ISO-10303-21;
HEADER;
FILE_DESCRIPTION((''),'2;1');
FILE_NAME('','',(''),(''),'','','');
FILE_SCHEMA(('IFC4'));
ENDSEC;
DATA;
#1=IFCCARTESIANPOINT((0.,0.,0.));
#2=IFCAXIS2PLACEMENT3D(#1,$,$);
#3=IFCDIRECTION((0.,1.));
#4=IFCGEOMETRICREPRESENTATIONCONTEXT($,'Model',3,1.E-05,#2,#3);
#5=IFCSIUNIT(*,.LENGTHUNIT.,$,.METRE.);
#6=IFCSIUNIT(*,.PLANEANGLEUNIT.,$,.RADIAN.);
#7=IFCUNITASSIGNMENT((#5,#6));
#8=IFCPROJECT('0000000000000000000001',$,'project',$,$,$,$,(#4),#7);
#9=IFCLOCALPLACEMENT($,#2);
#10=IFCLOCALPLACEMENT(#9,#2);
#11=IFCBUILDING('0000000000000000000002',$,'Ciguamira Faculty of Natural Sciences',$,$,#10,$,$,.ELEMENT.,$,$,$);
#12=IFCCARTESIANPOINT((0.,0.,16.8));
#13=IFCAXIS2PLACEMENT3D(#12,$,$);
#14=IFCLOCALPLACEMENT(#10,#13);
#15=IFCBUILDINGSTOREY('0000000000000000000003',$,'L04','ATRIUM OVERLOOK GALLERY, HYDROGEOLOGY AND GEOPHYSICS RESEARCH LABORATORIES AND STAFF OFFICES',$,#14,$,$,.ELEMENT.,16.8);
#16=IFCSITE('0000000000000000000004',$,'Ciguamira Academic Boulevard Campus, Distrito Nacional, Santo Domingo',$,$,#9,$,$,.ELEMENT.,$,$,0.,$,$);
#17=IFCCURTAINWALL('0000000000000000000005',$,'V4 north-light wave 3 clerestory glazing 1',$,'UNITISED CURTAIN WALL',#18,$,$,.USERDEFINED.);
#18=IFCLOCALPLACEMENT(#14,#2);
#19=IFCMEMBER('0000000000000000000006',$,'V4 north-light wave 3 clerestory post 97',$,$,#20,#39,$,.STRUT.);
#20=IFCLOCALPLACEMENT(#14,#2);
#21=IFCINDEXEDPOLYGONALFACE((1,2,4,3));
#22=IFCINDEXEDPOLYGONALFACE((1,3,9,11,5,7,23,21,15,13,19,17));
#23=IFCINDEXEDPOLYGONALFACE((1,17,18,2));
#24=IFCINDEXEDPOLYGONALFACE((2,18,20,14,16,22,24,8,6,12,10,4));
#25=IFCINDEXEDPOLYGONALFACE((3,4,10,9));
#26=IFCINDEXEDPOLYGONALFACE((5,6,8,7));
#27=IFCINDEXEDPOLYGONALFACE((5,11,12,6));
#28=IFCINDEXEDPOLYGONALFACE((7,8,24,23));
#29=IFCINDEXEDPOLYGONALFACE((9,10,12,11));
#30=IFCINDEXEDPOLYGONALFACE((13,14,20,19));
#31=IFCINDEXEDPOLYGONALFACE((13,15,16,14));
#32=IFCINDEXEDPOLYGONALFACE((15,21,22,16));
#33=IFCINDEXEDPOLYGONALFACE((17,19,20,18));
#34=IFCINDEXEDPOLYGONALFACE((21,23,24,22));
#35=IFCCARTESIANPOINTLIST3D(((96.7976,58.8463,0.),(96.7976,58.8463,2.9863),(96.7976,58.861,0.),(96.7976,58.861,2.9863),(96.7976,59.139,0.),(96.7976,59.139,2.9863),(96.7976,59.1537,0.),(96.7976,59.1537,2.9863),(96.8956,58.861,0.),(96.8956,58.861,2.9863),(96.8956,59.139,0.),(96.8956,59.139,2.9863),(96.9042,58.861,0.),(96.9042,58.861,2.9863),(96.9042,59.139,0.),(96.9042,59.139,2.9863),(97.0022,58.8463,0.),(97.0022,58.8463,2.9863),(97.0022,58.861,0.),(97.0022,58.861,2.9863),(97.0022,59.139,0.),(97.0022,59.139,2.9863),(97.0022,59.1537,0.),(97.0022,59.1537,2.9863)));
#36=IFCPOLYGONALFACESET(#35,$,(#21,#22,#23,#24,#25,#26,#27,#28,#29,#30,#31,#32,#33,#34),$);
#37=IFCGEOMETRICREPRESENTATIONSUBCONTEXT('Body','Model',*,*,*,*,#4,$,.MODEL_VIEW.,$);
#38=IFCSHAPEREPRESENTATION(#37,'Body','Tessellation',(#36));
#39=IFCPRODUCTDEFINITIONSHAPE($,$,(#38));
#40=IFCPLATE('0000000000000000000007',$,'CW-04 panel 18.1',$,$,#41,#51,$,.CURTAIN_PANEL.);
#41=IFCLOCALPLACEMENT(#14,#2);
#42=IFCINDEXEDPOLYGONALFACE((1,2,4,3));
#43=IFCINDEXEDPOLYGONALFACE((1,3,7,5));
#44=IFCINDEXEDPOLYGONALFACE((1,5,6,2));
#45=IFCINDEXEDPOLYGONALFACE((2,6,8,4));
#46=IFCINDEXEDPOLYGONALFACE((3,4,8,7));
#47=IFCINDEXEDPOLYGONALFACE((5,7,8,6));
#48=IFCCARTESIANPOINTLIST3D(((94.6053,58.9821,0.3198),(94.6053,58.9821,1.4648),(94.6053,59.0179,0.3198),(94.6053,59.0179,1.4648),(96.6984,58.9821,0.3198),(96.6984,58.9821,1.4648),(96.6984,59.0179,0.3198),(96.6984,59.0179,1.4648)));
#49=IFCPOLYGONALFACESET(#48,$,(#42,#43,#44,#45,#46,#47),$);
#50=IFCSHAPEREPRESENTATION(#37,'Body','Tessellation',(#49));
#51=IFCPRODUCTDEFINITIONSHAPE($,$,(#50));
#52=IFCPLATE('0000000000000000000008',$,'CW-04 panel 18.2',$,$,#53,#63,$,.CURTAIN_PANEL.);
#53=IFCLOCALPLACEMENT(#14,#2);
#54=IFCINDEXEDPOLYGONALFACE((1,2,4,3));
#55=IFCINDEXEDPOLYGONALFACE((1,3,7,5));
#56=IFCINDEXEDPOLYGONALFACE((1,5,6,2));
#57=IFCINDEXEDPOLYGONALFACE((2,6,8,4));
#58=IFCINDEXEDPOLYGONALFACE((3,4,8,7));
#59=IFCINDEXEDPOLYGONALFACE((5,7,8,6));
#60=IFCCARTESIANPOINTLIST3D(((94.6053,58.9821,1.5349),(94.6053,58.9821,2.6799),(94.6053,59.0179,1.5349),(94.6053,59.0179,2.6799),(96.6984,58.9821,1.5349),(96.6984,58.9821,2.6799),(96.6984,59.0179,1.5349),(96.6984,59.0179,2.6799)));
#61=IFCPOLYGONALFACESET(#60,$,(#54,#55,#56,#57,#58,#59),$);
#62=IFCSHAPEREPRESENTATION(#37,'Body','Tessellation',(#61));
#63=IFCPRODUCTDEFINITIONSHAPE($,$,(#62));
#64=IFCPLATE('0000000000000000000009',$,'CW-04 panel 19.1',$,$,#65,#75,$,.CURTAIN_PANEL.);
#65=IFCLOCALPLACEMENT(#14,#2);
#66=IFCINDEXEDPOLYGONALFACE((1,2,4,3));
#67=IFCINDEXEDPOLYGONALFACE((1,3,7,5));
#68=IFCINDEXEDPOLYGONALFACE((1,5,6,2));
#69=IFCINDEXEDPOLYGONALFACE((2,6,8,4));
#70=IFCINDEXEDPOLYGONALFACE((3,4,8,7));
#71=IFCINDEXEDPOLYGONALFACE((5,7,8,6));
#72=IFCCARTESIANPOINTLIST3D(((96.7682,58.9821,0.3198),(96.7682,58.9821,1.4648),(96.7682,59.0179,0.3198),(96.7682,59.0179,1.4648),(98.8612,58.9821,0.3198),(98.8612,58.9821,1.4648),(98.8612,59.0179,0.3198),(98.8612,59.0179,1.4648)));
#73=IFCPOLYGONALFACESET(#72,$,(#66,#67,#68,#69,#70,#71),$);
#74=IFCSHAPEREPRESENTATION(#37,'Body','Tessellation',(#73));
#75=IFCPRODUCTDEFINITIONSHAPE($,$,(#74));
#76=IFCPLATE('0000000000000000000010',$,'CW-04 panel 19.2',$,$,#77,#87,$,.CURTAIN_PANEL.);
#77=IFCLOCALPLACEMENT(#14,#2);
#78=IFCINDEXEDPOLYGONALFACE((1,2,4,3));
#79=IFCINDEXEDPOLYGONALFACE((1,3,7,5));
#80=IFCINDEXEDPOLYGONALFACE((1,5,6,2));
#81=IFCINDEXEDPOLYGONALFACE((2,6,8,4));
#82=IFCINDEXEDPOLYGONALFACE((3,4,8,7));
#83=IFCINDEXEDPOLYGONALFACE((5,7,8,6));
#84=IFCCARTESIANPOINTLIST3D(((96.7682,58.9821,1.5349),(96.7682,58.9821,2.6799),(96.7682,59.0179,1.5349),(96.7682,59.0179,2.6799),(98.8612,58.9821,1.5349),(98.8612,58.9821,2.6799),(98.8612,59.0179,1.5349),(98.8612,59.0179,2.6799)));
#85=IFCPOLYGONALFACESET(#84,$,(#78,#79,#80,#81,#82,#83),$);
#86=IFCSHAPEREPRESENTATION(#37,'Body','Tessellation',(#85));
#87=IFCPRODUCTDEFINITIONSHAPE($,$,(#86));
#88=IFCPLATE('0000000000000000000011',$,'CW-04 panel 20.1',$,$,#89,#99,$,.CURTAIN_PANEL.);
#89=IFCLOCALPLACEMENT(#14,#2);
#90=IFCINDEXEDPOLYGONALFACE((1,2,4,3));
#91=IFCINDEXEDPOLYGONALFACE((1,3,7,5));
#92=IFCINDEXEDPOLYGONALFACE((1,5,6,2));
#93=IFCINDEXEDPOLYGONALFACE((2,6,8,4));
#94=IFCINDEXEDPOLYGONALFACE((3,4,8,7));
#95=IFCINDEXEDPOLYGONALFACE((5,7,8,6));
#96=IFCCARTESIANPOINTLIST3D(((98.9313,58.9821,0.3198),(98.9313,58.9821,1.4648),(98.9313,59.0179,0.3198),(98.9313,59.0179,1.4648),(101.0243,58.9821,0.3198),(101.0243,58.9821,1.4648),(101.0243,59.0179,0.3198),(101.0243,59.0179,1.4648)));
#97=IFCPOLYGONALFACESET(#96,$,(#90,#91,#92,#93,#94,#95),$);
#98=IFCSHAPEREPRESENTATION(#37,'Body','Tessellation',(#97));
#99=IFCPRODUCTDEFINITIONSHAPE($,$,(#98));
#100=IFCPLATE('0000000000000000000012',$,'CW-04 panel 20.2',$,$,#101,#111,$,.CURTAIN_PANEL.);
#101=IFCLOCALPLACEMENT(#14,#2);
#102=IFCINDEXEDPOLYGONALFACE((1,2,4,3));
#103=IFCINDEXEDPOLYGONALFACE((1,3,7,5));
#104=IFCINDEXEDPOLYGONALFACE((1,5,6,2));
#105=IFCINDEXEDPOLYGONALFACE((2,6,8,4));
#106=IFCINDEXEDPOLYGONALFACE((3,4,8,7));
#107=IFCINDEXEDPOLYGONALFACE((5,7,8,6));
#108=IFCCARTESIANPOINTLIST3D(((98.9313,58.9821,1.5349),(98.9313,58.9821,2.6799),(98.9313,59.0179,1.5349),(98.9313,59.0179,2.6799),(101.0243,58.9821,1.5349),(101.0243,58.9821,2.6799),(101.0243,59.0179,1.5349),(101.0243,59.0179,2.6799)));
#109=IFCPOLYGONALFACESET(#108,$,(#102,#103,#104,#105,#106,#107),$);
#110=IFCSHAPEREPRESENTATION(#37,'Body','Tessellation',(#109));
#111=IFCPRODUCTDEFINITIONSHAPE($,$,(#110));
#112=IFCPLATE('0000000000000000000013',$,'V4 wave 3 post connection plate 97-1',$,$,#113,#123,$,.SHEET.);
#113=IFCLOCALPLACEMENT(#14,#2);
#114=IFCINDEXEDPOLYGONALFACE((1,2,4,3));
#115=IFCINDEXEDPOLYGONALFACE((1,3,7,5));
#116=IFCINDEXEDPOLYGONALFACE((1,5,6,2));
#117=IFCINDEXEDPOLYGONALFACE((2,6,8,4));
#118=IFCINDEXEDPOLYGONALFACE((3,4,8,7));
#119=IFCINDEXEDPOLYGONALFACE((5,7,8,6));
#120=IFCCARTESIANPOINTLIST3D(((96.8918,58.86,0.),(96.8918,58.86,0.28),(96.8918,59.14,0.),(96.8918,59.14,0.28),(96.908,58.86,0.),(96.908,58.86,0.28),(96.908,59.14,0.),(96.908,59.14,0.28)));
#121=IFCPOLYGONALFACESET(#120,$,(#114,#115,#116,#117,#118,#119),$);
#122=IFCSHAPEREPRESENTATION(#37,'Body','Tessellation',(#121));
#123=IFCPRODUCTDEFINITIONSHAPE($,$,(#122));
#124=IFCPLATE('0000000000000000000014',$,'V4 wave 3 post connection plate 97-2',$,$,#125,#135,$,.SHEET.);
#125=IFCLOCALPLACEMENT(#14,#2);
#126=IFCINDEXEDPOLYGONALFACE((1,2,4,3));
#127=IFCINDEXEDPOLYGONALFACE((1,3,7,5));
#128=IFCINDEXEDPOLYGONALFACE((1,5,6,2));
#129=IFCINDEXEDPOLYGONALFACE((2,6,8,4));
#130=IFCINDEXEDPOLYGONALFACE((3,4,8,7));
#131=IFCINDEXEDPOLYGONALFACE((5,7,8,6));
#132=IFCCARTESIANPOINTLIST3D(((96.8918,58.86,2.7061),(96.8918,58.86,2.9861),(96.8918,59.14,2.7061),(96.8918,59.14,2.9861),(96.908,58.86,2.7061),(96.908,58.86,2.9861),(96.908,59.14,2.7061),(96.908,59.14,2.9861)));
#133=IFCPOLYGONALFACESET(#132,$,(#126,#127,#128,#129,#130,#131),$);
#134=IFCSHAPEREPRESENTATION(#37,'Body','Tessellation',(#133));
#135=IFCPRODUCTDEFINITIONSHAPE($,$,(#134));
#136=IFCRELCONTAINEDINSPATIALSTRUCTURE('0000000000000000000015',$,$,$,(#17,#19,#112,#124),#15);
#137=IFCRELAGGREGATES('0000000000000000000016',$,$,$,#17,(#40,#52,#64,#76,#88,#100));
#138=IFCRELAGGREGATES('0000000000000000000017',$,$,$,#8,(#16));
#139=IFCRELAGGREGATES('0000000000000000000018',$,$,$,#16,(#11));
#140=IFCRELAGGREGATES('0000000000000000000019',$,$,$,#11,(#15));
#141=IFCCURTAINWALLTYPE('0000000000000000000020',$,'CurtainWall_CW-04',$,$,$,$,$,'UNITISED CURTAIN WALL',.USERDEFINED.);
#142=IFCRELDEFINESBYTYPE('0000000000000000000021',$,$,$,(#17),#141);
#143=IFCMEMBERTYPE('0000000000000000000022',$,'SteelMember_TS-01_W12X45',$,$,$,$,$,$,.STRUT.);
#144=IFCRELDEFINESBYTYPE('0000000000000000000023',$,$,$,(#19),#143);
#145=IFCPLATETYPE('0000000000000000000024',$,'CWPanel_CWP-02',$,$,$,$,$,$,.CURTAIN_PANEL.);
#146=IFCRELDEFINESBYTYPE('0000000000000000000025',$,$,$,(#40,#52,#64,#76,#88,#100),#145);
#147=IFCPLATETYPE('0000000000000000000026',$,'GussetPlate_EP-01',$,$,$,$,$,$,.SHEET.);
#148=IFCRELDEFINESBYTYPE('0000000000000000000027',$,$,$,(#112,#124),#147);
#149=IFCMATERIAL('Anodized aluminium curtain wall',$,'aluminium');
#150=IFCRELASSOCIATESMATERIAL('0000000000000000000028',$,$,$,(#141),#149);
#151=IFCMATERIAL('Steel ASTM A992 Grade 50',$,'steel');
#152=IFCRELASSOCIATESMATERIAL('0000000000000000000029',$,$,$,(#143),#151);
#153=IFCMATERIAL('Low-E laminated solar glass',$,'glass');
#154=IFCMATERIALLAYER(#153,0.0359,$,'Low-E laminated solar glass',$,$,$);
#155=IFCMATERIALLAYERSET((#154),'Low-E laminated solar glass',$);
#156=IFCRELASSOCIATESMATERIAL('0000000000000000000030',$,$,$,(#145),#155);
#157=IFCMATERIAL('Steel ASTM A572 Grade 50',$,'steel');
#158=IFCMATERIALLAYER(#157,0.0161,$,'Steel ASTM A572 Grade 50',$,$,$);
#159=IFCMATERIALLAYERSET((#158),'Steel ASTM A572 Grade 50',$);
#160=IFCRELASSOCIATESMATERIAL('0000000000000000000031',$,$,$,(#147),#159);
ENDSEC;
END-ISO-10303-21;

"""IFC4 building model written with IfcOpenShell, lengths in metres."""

from ifc_helpers import new_model, si_unit, direction, frame, origin, origin_2d, place, context, subcontext, project, spatial, rectangle, i_section, extrude, material, layer, layer_set, material_profile, profile_set, type_object, element, aggregate, save


model = new_model("IFC4")

# Units and contexts
model_context = context("Model", 3, precision=1e-05, world=origin(), true_north=direction((0.0, 1.0)))
body_context = subcontext(model_context, "Body", "Model", "MODEL_VIEW")
ifc_project = project(units=[si_unit("LENGTHUNIT", "METRE"), si_unit("PLANEANGLEUNIT", "RADIAN")], contexts=[model_context])

# Site, building, storey
site_placement = place(None, origin())
site = spatial("IfcSite", under=ifc_project, at=site_placement, Name="Ciguamira Academic Boulevard Campus, Distrito Nacional, Santo Domingo", CompositionType="ELEMENT", RefElevation=0.0)
building_placement = place(site_placement, origin())
building = spatial("IfcBuilding", under=site, at=building_placement, Name="Ciguamira Faculty of Natural Sciences", CompositionType="ELEMENT")
storey_placement = place(building_placement, frame((0.0, 0.0, 16.8)))
storey = spatial("IfcBuildingStorey", under=building, at=storey_placement, Name="L04", Description="ATRIUM OVERLOOK GALLERY, HYDROGEOLOGY AND GEOPHYSICS RESEARCH LABORATORIES AND STAFF OFFICES", CompositionType="ELEMENT", Elevation=16.8)

# Curtain wall
ifc_material_1 = material(Name="Anodized aluminium curtain wall", Category="aluminium")
curtain_wall_type_1 = type_object("IfcCurtainWallType", Name="CurtainWall_CW-04", ElementType="UNITISED CURTAIN WALL", PredefinedType="USERDEFINED", material=ifc_material_1)
curtain_wall_1_placement = place(storey_placement, origin())
curtain_wall_1 = element("IfcCurtainWall", 1, at=curtain_wall_1_placement, inside=storey, type_object=curtain_wall_type_1, Name="V4 north-light wave 3 clerestory glazing 1", ObjectType="UNITISED CURTAIN WALL", PredefinedType="USERDEFINED")

# Member
ifc_material_2 = material(Name="Steel ASTM A992 Grade 50", Category="steel")
ifc_material_profile_1 = material_profile(ifc_material_2, i_section(OverallWidth=0.2046, OverallDepth=0.3074, WebThickness=0.0085, FlangeThickness=0.0146, at=origin_2d()), Name="W12X45")
ifc_profile_set_1 = profile_set([ifc_material_profile_1], Name="Steel ASTM A992 Grade 50")
member_type_1 = type_object("IfcMemberType", Name="SteelMember_TS-01_W12X45", PredefinedType="STRUT", material=ifc_profile_set_1)
member_1_placement = place(storey_placement, frame((96.8999, 59.0, 0.0), z_axis=(0.0, 0.0, 1.0), x_axis=(1.0, 0.0, 0.0)))
element("IfcMember", 2, at=member_1_placement, inside=storey, type_object=member_type_1, Name="V4 north-light wave 3 clerestory post 97", PredefinedType="STRUT", context=body_context, shape_type="SweptSolid", body=[
    extrude(i_section(OverallWidth=0.2046, OverallDepth=0.3074, WebThickness=0.0085, FlangeThickness=0.0146, at=origin_2d()), origin(), (0.0, 0.0, 1.0), 2.9863),
])

# Plates
ifc_material_3 = material(Name="Low-E laminated solar glass", Category="glass")
ifc_layer_1 = layer(ifc_material_3, 0.0359, Name="Low-E laminated solar glass")
ifc_layer_set_1 = layer_set([ifc_layer_1], Name="Low-E laminated solar glass")
plate_type_1 = type_object("IfcPlateType", Name="CWPanel_CWP-02", PredefinedType="CURTAIN_PANEL", material=ifc_layer_set_1)
plate_1_placement = place(storey_placement, frame((95.6519, 59.0, 0.3198), z_axis=(0.0, 0.0, 1.0), x_axis=(1.0, 0.0, 0.0)))
plate_1 = element("IfcPlate", 3, at=plate_1_placement, type_object=plate_type_1, Name="CW-04 panel 18.1", PredefinedType="CURTAIN_PANEL", context=body_context, shape_type="SweptSolid", body=[
    extrude(rectangle(XDim=2.093, YDim=0.0359, at=origin_2d()), origin(), (0.0, 0.0, 1.0), 1.145),
])
plate_2_placement = place(storey_placement, frame((95.6519, 59.0, 1.5349), z_axis=(0.0, 0.0, 1.0), x_axis=(1.0, 0.0, 0.0)))
plate_2 = element("IfcPlate", 4, at=plate_2_placement, type_object=plate_type_1, Name="CW-04 panel 18.2", PredefinedType="CURTAIN_PANEL", context=body_context, shape_type="SweptSolid", body=[
    extrude(rectangle(XDim=2.093, YDim=0.0359, at=origin_2d()), origin(), (0.0, 0.0, 1.0), 1.145),
])
plate_3_placement = place(storey_placement, frame((97.8147, 59.0, 0.3198), z_axis=(0.0, 0.0, 1.0), x_axis=(1.0, 0.0, 0.0)))
plate_3 = element("IfcPlate", 5, at=plate_3_placement, type_object=plate_type_1, Name="CW-04 panel 19.1", PredefinedType="CURTAIN_PANEL", context=body_context, shape_type="SweptSolid", body=[
    extrude(rectangle(XDim=2.093, YDim=0.0359, at=origin_2d()), origin(), (0.0, 0.0, 1.0), 1.145),
])
plate_4_placement = place(storey_placement, frame((97.8147, 59.0, 1.5349), z_axis=(0.0, 0.0, 1.0), x_axis=(1.0, 0.0, 0.0)))
plate_4 = element("IfcPlate", 6, at=plate_4_placement, type_object=plate_type_1, Name="CW-04 panel 19.2", PredefinedType="CURTAIN_PANEL", context=body_context, shape_type="SweptSolid", body=[
    extrude(rectangle(XDim=2.093, YDim=0.0359, at=origin_2d()), origin(), (0.0, 0.0, 1.0), 1.145),
])
plate_5_placement = place(storey_placement, frame((99.9778, 59.0, 0.3198), z_axis=(0.0, 0.0, 1.0), x_axis=(1.0, 0.0, 0.0)))
plate_5 = element("IfcPlate", 7, at=plate_5_placement, type_object=plate_type_1, Name="CW-04 panel 20.1", PredefinedType="CURTAIN_PANEL", context=body_context, shape_type="SweptSolid", body=[
    extrude(rectangle(XDim=2.093, YDim=0.0359, at=origin_2d()), origin(), (0.0, 0.0, 1.0), 1.145),
])
plate_6_placement = place(storey_placement, frame((99.9778, 59.0, 1.5349), z_axis=(0.0, 0.0, 1.0), x_axis=(1.0, 0.0, 0.0)))
plate_6 = element("IfcPlate", 8, at=plate_6_placement, type_object=plate_type_1, Name="CW-04 panel 20.2", PredefinedType="CURTAIN_PANEL", context=body_context, shape_type="SweptSolid", body=[
    extrude(rectangle(XDim=2.093, YDim=0.0359, at=origin_2d()), origin(), (0.0, 0.0, 1.0), 1.145),
])
aggregate(curtain_wall_1, [plate_1, plate_2, plate_3, plate_4, plate_5, plate_6])

# Plates
ifc_material_4 = material(Name="Steel ASTM A572 Grade 50", Category="steel")
ifc_layer_2 = layer(ifc_material_4, 0.0161, Name="Steel ASTM A572 Grade 50")
ifc_layer_set_2 = layer_set([ifc_layer_2], Name="Steel ASTM A572 Grade 50")
plate_type_2 = type_object("IfcPlateType", Name="GussetPlate_EP-01", PredefinedType="SHEET", material=ifc_layer_set_2)
for number, where, z_axis, x_axis, name in (
    (9, (96.8999, 59.0, 0.0), (0.0, 0.0, 1.0), (1.0, 0.0, 0.0), "V4 wave 3 post connection plate 97-1"),
    (10, (96.8999, 59.0, 2.7061), (0.0, 0.0, 1.0), (1.0, 0.0, 0.0), "V4 wave 3 post connection plate 97-2"),
):
    element("IfcPlate", number, at=place(storey_placement, frame(where, z_axis=z_axis, x_axis=x_axis)), inside=storey, type_object=plate_type_2, Name=name, PredefinedType="SHEET", context=body_context, shape_type="SweptSolid", body=[
        extrude(rectangle(XDim=0.0161, YDim=0.28, at=origin_2d()), origin(), (0.0, 0.0, 1.0), 0.28),
    ])

save(model, "model.ifc")
